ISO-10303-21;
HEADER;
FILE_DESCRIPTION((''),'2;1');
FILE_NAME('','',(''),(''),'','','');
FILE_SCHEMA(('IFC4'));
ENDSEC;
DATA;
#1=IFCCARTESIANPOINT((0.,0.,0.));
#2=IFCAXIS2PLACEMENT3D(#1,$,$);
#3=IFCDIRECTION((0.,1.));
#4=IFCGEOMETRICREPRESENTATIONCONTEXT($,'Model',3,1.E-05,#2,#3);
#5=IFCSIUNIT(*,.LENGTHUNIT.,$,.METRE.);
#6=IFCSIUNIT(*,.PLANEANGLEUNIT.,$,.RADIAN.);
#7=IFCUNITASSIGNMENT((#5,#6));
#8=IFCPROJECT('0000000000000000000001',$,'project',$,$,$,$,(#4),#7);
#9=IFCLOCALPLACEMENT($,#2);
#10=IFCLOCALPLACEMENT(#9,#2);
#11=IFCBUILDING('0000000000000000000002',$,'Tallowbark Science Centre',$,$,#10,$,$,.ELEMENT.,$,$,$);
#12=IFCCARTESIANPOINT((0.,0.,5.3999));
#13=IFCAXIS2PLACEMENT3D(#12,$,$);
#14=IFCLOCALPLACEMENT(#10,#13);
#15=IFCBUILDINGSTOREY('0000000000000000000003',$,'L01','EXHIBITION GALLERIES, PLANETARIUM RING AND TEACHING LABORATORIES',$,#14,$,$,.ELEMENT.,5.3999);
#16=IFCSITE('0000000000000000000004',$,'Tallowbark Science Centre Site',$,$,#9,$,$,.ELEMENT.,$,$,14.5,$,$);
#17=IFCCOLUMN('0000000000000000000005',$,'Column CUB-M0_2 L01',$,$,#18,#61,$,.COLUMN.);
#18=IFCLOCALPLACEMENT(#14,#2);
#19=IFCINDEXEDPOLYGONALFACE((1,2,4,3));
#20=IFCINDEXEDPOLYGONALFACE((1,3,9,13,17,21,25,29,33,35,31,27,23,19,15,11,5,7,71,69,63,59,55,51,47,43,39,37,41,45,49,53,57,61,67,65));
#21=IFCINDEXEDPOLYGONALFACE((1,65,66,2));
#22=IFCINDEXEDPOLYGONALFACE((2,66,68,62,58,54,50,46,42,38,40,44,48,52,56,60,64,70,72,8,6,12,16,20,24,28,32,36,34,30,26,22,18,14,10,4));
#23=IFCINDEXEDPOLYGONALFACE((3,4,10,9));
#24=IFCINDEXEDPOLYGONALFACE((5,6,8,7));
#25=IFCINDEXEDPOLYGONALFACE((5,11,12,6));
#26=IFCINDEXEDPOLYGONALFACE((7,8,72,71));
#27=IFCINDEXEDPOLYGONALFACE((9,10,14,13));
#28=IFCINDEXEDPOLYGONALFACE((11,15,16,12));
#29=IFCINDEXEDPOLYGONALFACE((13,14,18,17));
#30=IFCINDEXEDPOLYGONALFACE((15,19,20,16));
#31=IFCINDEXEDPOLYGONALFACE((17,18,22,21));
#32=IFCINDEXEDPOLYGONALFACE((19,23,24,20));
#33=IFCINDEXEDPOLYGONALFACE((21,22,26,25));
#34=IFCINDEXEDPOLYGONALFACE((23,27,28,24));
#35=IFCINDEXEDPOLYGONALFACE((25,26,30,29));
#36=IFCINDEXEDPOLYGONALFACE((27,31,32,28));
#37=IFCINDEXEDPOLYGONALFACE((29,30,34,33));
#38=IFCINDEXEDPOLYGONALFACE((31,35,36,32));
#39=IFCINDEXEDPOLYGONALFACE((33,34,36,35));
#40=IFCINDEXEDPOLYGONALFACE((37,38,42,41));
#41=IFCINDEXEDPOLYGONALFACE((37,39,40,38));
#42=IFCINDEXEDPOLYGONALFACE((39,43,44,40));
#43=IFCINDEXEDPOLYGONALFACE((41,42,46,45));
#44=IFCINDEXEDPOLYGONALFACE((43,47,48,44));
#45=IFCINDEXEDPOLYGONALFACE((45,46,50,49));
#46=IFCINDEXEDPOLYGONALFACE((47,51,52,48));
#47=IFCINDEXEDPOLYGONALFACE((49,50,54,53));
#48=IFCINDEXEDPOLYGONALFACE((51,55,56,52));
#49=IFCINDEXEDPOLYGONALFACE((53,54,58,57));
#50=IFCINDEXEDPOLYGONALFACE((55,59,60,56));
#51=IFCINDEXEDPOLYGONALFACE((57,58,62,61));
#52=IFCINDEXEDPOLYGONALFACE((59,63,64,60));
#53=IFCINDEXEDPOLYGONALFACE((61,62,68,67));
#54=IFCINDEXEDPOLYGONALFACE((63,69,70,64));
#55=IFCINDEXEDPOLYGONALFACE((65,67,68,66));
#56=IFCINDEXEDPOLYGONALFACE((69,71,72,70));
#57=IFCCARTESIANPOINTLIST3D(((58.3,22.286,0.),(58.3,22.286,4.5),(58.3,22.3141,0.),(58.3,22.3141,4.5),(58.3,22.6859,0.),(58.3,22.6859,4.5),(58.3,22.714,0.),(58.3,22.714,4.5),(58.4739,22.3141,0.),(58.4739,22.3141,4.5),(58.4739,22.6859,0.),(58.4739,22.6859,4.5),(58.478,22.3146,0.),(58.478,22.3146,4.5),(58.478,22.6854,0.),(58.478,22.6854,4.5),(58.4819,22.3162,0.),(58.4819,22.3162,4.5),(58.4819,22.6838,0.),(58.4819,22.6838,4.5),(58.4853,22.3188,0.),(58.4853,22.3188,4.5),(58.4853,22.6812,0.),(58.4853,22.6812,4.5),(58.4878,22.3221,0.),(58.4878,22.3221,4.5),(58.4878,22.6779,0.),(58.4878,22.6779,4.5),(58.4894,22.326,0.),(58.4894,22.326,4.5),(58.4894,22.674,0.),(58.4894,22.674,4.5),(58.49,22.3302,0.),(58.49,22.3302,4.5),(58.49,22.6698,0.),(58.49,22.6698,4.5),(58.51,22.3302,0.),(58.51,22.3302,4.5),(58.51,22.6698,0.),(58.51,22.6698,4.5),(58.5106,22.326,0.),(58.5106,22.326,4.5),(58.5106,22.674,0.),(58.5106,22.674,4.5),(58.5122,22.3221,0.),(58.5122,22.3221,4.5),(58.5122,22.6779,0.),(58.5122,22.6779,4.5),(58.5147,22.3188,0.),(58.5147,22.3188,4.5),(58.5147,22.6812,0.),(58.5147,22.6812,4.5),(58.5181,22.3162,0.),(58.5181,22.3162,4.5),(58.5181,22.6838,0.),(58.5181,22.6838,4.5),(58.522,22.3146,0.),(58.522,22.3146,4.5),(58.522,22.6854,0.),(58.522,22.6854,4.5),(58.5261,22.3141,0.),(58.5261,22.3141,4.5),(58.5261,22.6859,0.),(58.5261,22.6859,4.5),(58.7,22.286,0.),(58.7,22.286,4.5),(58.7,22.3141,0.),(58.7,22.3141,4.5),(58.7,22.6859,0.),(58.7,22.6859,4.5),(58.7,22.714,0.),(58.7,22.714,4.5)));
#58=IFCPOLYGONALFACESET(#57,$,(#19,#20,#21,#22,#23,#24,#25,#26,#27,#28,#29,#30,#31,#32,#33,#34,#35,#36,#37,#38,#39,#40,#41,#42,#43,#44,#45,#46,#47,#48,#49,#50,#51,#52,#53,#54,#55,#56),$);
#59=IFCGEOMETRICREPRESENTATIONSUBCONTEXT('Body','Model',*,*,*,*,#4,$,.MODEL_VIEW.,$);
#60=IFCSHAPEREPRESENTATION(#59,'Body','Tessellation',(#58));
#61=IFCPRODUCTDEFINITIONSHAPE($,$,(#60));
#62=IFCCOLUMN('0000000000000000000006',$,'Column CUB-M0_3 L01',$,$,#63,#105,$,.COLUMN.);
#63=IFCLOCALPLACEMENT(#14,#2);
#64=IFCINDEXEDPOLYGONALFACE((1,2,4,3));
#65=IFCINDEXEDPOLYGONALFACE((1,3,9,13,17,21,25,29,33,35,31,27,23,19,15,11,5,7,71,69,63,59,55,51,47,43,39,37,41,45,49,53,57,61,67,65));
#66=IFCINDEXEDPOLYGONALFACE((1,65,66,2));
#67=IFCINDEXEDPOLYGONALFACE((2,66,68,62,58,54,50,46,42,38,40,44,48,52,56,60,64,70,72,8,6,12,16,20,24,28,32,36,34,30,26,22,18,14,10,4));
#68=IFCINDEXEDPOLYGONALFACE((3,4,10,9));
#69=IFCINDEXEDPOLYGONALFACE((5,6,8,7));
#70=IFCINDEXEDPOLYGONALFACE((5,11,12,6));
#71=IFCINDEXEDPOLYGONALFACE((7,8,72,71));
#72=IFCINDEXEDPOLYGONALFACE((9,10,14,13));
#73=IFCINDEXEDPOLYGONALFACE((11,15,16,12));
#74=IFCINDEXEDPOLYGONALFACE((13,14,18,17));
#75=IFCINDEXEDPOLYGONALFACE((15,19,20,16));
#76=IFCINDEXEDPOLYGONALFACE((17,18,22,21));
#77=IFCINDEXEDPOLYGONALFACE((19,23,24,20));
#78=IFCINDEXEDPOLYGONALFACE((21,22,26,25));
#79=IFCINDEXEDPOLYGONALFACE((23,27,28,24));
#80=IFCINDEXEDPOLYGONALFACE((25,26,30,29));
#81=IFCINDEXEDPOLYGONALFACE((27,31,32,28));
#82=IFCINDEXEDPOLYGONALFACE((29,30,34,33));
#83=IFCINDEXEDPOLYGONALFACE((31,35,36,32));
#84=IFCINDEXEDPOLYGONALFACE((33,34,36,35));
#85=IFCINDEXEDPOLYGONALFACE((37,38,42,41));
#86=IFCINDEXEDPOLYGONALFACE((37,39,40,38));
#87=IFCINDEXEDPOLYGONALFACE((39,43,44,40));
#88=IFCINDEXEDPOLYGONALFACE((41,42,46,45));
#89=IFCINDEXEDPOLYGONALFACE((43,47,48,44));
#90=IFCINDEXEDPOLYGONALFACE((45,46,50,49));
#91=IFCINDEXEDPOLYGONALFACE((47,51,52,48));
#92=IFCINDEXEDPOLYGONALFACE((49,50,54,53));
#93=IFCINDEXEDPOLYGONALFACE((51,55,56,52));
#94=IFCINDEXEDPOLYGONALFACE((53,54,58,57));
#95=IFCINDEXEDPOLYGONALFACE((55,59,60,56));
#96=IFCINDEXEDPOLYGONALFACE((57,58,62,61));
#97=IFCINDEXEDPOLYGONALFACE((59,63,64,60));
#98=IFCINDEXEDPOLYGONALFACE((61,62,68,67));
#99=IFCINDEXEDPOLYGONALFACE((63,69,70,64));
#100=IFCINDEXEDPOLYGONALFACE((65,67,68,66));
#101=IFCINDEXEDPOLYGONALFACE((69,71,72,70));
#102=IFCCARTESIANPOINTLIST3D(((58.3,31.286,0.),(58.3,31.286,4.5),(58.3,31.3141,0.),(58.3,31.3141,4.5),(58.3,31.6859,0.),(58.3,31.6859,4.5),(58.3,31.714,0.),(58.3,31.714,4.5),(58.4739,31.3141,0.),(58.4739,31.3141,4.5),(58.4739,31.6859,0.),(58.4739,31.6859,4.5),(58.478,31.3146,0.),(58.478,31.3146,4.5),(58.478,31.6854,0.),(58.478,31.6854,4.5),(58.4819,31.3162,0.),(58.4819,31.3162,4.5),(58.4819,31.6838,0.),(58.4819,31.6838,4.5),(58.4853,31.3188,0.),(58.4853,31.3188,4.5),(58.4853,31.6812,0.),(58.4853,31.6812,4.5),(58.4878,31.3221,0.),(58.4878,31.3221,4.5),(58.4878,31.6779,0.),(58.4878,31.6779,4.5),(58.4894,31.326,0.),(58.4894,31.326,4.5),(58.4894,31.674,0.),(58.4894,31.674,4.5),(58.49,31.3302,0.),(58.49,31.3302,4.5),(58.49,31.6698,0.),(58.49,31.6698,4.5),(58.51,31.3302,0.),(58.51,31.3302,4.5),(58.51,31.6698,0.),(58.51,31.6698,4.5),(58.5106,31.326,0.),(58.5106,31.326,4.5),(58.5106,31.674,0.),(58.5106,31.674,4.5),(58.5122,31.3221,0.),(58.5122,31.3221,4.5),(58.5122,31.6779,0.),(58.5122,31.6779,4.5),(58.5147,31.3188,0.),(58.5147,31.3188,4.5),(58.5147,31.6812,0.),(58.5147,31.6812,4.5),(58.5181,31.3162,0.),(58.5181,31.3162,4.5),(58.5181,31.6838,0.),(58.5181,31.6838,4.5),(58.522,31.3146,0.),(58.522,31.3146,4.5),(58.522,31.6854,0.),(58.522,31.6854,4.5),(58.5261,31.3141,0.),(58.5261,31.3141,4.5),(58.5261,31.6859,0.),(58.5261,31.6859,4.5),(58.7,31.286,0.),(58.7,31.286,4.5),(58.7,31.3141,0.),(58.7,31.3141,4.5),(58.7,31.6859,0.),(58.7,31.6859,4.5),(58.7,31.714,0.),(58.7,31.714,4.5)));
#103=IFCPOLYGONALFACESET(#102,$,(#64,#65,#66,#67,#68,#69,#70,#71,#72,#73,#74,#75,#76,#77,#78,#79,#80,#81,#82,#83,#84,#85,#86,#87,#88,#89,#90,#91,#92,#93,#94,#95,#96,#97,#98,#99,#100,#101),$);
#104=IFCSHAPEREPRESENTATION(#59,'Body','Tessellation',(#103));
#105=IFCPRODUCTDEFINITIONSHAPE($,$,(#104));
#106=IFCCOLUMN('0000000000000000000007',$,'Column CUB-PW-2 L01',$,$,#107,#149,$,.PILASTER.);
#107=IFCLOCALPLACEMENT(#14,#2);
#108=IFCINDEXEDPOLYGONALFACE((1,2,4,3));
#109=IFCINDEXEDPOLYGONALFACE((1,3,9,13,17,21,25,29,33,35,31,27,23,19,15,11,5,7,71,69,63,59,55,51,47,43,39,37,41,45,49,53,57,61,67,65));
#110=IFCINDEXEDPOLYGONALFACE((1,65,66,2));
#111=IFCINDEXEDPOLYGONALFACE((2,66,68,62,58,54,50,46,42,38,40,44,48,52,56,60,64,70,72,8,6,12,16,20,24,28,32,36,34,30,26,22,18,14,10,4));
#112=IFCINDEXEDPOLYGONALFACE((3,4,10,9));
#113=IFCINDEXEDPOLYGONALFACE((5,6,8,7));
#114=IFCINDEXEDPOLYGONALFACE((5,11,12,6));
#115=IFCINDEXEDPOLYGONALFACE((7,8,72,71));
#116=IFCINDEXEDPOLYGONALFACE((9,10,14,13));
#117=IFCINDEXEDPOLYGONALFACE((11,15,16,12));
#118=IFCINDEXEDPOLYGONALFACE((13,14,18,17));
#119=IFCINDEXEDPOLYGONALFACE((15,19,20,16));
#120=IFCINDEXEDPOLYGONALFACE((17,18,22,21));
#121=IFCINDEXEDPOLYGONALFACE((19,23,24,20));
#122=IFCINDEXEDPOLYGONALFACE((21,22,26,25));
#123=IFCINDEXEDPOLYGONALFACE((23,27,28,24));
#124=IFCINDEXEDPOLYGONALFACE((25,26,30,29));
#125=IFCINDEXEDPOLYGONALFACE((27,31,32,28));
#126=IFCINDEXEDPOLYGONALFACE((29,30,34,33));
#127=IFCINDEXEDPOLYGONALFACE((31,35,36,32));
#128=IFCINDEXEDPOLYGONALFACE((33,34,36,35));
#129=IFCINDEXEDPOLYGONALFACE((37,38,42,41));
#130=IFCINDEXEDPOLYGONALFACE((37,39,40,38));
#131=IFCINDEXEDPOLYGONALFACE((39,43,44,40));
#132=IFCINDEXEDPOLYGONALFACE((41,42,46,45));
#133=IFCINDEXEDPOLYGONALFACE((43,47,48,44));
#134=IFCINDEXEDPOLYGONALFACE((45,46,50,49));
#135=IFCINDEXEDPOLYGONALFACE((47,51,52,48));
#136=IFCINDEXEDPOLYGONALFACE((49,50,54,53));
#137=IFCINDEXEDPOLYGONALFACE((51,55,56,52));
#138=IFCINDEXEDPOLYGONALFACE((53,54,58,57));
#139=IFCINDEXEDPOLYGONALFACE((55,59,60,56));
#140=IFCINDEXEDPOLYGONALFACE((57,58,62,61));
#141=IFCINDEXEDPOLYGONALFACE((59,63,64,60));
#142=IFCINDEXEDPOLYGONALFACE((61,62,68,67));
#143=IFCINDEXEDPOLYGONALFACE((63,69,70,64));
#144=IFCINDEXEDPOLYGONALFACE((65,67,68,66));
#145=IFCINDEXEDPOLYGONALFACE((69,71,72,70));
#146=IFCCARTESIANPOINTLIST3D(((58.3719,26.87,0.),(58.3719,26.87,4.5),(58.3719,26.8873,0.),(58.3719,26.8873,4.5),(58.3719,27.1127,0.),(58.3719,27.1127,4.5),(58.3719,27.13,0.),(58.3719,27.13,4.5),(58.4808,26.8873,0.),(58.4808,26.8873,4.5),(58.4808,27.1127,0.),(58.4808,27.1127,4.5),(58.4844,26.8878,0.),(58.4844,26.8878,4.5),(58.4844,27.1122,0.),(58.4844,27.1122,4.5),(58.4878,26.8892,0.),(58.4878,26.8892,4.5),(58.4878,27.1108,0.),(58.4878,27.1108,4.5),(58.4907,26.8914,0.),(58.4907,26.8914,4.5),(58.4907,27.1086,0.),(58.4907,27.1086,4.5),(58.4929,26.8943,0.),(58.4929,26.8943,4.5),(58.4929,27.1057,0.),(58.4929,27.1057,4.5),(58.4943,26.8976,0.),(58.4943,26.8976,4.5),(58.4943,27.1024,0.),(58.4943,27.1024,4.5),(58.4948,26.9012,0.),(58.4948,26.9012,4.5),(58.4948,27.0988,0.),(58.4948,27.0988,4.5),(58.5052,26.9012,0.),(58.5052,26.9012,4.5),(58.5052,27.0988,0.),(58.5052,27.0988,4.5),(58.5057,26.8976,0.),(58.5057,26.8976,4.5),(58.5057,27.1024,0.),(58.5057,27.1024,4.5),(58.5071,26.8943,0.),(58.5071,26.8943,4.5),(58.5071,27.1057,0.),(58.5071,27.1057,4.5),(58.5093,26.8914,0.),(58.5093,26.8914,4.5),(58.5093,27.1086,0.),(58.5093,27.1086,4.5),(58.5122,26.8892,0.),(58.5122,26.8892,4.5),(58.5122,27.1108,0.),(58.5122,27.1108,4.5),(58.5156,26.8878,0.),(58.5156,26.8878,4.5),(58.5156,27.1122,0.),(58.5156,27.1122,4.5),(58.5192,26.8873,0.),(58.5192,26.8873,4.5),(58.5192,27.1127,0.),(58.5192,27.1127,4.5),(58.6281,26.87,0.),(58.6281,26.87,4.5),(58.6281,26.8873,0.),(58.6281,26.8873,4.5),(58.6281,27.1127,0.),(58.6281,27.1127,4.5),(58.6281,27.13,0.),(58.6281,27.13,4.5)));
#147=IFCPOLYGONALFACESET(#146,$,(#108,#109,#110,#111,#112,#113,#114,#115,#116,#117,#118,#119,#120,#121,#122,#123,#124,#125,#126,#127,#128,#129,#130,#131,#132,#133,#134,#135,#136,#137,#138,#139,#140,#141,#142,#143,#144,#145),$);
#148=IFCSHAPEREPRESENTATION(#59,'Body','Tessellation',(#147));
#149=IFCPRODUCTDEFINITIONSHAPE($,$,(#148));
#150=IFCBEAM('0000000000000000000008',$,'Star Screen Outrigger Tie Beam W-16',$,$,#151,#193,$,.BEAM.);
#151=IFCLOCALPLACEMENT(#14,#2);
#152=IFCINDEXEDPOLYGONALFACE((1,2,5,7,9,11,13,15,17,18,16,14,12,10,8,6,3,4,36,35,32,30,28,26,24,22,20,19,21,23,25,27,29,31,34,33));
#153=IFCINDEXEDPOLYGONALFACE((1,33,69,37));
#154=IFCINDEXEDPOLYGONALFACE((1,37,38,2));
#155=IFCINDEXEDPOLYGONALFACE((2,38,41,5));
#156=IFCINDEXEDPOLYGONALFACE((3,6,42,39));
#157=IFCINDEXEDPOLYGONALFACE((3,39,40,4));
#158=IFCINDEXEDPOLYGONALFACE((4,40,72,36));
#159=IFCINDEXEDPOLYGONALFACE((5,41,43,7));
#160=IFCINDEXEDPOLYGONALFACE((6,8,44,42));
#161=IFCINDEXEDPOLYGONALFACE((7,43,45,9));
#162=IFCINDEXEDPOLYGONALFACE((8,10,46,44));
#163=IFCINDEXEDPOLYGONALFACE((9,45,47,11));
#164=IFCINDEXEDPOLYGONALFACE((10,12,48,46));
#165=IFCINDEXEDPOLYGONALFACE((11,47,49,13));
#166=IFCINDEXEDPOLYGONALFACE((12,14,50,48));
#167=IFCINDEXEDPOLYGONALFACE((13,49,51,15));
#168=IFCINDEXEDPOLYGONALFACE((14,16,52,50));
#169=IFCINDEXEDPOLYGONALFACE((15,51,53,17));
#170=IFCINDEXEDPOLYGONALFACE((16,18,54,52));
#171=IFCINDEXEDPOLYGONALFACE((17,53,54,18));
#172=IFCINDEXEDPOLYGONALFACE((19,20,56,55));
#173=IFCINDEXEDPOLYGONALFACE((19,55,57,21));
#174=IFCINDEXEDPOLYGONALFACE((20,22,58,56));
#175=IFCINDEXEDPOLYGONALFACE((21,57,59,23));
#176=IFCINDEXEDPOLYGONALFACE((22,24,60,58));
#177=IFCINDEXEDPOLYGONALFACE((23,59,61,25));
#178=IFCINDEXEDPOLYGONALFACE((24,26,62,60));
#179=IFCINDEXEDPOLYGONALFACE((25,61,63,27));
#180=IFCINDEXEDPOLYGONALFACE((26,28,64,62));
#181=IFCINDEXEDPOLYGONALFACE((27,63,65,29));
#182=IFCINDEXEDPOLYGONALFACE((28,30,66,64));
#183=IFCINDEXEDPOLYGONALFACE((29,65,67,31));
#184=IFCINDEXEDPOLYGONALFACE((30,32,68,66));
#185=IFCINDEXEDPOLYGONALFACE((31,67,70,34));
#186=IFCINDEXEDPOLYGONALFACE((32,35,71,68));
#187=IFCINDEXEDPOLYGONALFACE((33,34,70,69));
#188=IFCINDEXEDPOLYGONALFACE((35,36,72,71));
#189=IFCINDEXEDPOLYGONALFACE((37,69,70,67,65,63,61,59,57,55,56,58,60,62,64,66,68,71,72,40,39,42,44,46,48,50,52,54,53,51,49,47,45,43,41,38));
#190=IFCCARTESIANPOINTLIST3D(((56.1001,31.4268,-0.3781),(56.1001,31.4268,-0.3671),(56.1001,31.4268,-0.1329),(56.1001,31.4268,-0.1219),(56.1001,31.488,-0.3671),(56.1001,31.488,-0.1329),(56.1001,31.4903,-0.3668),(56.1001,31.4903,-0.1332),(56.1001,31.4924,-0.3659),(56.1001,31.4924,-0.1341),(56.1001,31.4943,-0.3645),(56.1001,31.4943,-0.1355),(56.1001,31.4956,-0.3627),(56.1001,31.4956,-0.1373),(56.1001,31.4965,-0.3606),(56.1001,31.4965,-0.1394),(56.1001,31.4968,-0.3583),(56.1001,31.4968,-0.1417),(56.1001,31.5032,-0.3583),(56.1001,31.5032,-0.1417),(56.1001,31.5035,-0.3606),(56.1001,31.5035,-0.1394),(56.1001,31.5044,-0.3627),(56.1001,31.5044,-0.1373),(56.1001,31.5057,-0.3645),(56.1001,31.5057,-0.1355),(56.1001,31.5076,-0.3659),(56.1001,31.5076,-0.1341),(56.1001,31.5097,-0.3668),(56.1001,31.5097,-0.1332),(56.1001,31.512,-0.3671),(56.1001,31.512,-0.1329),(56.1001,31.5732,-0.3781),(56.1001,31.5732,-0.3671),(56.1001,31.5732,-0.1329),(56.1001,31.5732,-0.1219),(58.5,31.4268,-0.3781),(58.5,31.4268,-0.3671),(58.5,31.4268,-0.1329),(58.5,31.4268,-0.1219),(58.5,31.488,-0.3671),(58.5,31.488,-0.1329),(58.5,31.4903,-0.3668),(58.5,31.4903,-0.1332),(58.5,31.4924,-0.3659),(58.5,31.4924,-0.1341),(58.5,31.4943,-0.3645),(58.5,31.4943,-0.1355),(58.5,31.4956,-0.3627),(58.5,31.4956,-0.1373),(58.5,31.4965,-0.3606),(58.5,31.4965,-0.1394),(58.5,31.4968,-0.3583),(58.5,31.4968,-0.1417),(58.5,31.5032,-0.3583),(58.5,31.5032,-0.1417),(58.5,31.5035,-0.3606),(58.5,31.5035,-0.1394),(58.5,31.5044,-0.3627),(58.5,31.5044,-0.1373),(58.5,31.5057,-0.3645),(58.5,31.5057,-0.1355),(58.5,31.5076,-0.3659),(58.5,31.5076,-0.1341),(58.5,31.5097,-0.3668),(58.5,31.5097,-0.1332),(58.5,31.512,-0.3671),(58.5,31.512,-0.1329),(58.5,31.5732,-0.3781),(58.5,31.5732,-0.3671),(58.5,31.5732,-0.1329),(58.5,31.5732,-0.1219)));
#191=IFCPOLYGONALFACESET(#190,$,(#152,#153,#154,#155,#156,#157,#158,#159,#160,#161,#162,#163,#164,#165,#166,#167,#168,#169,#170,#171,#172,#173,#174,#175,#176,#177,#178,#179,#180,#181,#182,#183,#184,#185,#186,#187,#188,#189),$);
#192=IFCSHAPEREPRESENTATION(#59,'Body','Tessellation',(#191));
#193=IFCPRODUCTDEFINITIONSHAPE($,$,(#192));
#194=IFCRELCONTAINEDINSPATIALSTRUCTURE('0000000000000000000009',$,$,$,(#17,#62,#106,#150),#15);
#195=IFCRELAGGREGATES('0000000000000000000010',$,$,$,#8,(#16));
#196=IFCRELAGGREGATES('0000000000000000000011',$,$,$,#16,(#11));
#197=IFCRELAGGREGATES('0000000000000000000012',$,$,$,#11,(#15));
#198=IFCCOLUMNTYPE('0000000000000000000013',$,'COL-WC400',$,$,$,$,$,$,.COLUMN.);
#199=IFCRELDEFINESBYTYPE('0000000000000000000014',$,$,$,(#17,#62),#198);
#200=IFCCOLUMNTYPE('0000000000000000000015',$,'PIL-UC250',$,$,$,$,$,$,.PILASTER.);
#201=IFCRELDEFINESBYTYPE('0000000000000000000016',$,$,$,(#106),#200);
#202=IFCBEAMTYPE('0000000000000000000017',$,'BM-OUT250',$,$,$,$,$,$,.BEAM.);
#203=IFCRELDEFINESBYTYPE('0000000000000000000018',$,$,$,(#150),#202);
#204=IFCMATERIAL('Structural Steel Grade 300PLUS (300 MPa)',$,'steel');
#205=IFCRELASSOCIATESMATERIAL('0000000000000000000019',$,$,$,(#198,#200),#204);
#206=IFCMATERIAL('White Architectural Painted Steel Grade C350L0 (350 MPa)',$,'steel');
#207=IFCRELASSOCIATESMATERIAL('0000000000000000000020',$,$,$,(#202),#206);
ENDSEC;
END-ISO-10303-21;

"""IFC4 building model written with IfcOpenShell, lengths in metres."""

from ifc_helpers import new_model, si_unit, direction, frame, origin, origin_2d, place, context, subcontext, project, spatial, i_section, extrude, material, material_profile, profile_set, type_object, element, save


model = new_model("IFC4")

# Units and contexts
model_context = context("Model", 3, precision=1e-05, world=origin(), true_north=direction((0.0, 1.0)))
body_context = subcontext(model_context, "Body", "Model", "MODEL_VIEW")
ifc_project = project(units=[si_unit("LENGTHUNIT", "METRE"), si_unit("PLANEANGLEUNIT", "RADIAN")], contexts=[model_context])

# Site, building, storey
site_placement = place(None, origin())
site = spatial("IfcSite", under=ifc_project, at=site_placement, Name="Tallowbark Science Centre Site", CompositionType="ELEMENT", RefElevation=14.5)
building_placement = place(site_placement, origin())
building = spatial("IfcBuilding", under=site, at=building_placement, Name="Tallowbark Science Centre", CompositionType="ELEMENT")
storey_placement = place(building_placement, frame((0.0, 0.0, 5.3999)))
storey = spatial("IfcBuildingStorey", under=building, at=storey_placement, Name="L01", Description="EXHIBITION GALLERIES, PLANETARIUM RING AND TEACHING LABORATORIES", CompositionType="ELEMENT", Elevation=5.3999)

# Columns
ifc_material_1 = material(Name="Structural Steel Grade 300PLUS (300 MPa)", Category="steel")
ifc_material_profile_1 = material_profile(ifc_material_1, i_section(OverallWidth=0.3999, OverallDepth=0.428, WebThickness=0.02, FlangeThickness=0.0281, FilletRadius=0.0161, at=origin_2d()), Name="400WC270")
ifc_profile_set_1 = profile_set([ifc_material_profile_1], Name="Structural Steel Grade 300PLUS (300 MPa)")
column_type_1 = type_object("IfcColumnType", Name="COL-WC400", PredefinedType="COLUMN", material=ifc_profile_set_1)
for number, where, z_axis, x_axis, name in (
    (1, (58.5, 22.5, 0.0), (0.0, 0.0, 1.0), (1.0, 0.0, 0.0), "Column CUB-M0_2 L01"),
    (2, (58.5, 31.5, 0.0), (0.0, 0.0, 1.0), (1.0, 0.0, 0.0), "Column CUB-M0_3 L01"),
):
    element("IfcColumn", number, at=place(storey_placement, frame(where, z_axis=z_axis, x_axis=x_axis)), inside=storey, type_object=column_type_1, Name=name, PredefinedType="COLUMN", context=body_context, shape_type="SweptSolid", body=[
        extrude(i_section(OverallWidth=0.3999, OverallDepth=0.428, WebThickness=0.02, FlangeThickness=0.0281, FilletRadius=0.0161, at=origin_2d()), origin(), (0.0, 0.0, 1.0), 4.5),
    ])
ifc_material_profile_2 = material_profile(ifc_material_1, i_section(OverallWidth=0.2561, OverallDepth=0.26, WebThickness=0.0105, FlangeThickness=0.0173, FilletRadius=0.0139, at=origin_2d()), Name="250UC89.5")
ifc_profile_set_2 = profile_set([ifc_material_profile_2], Name="Structural Steel Grade 300PLUS (300 MPa)")
column_type_2 = type_object("IfcColumnType", Name="PIL-UC250", PredefinedType="PILASTER", material=ifc_profile_set_2)
column_placement = place(storey_placement, frame((58.5, 27.0, 0.0), z_axis=(0.0, 0.0, 1.0), x_axis=(1.0, 0.0, 0.0)))
element("IfcColumn", 3, at=column_placement, inside=storey, type_object=column_type_2, Name="Column CUB-PW-2 L01", PredefinedType="PILASTER", context=body_context, shape_type="SweptSolid", body=[
    extrude(i_section(OverallWidth=0.2561, OverallDepth=0.26, WebThickness=0.0105, FlangeThickness=0.0173, FilletRadius=0.0139, at=origin_2d()), origin(), (0.0, 0.0, 1.0), 4.5),
])

# Beam
ifc_material_2 = material(Name="White Architectural Painted Steel Grade C350L0 (350 MPa)", Category="steel")
ifc_material_profile_3 = material_profile(ifc_material_2, i_section(OverallWidth=0.1465, OverallDepth=0.2561, WebThickness=0.0063, FlangeThickness=0.011, FilletRadius=0.0088, at=origin_2d()), Name="250UB37.3")
ifc_profile_set_3 = profile_set([ifc_material_profile_3], Name="White Architectural Painted Steel Grade C350L0 (350 MPa)")
beam_type_1 = type_object("IfcBeamType", Name="BM-OUT250", PredefinedType="BEAM", material=ifc_profile_set_3)
beam_placement = place(storey_placement, frame((58.5, 31.5, -0.25), z_axis=(-1.0, 0.0, 0.0), x_axis=(0.0, -1.0, 0.0)))
element("IfcBeam", 4, at=beam_placement, inside=storey, type_object=beam_type_1, Name="Star Screen Outrigger Tie Beam W-16", PredefinedType="BEAM", context=body_context, shape_type="SweptSolid", body=[
    extrude(i_section(OverallWidth=0.1465, OverallDepth=0.2561, WebThickness=0.0063, FlangeThickness=0.011, FilletRadius=0.0088, at=origin_2d()), origin(), (0.0, 0.0, 1.0), 2.3999),
])

save(model, "model.ifc")
